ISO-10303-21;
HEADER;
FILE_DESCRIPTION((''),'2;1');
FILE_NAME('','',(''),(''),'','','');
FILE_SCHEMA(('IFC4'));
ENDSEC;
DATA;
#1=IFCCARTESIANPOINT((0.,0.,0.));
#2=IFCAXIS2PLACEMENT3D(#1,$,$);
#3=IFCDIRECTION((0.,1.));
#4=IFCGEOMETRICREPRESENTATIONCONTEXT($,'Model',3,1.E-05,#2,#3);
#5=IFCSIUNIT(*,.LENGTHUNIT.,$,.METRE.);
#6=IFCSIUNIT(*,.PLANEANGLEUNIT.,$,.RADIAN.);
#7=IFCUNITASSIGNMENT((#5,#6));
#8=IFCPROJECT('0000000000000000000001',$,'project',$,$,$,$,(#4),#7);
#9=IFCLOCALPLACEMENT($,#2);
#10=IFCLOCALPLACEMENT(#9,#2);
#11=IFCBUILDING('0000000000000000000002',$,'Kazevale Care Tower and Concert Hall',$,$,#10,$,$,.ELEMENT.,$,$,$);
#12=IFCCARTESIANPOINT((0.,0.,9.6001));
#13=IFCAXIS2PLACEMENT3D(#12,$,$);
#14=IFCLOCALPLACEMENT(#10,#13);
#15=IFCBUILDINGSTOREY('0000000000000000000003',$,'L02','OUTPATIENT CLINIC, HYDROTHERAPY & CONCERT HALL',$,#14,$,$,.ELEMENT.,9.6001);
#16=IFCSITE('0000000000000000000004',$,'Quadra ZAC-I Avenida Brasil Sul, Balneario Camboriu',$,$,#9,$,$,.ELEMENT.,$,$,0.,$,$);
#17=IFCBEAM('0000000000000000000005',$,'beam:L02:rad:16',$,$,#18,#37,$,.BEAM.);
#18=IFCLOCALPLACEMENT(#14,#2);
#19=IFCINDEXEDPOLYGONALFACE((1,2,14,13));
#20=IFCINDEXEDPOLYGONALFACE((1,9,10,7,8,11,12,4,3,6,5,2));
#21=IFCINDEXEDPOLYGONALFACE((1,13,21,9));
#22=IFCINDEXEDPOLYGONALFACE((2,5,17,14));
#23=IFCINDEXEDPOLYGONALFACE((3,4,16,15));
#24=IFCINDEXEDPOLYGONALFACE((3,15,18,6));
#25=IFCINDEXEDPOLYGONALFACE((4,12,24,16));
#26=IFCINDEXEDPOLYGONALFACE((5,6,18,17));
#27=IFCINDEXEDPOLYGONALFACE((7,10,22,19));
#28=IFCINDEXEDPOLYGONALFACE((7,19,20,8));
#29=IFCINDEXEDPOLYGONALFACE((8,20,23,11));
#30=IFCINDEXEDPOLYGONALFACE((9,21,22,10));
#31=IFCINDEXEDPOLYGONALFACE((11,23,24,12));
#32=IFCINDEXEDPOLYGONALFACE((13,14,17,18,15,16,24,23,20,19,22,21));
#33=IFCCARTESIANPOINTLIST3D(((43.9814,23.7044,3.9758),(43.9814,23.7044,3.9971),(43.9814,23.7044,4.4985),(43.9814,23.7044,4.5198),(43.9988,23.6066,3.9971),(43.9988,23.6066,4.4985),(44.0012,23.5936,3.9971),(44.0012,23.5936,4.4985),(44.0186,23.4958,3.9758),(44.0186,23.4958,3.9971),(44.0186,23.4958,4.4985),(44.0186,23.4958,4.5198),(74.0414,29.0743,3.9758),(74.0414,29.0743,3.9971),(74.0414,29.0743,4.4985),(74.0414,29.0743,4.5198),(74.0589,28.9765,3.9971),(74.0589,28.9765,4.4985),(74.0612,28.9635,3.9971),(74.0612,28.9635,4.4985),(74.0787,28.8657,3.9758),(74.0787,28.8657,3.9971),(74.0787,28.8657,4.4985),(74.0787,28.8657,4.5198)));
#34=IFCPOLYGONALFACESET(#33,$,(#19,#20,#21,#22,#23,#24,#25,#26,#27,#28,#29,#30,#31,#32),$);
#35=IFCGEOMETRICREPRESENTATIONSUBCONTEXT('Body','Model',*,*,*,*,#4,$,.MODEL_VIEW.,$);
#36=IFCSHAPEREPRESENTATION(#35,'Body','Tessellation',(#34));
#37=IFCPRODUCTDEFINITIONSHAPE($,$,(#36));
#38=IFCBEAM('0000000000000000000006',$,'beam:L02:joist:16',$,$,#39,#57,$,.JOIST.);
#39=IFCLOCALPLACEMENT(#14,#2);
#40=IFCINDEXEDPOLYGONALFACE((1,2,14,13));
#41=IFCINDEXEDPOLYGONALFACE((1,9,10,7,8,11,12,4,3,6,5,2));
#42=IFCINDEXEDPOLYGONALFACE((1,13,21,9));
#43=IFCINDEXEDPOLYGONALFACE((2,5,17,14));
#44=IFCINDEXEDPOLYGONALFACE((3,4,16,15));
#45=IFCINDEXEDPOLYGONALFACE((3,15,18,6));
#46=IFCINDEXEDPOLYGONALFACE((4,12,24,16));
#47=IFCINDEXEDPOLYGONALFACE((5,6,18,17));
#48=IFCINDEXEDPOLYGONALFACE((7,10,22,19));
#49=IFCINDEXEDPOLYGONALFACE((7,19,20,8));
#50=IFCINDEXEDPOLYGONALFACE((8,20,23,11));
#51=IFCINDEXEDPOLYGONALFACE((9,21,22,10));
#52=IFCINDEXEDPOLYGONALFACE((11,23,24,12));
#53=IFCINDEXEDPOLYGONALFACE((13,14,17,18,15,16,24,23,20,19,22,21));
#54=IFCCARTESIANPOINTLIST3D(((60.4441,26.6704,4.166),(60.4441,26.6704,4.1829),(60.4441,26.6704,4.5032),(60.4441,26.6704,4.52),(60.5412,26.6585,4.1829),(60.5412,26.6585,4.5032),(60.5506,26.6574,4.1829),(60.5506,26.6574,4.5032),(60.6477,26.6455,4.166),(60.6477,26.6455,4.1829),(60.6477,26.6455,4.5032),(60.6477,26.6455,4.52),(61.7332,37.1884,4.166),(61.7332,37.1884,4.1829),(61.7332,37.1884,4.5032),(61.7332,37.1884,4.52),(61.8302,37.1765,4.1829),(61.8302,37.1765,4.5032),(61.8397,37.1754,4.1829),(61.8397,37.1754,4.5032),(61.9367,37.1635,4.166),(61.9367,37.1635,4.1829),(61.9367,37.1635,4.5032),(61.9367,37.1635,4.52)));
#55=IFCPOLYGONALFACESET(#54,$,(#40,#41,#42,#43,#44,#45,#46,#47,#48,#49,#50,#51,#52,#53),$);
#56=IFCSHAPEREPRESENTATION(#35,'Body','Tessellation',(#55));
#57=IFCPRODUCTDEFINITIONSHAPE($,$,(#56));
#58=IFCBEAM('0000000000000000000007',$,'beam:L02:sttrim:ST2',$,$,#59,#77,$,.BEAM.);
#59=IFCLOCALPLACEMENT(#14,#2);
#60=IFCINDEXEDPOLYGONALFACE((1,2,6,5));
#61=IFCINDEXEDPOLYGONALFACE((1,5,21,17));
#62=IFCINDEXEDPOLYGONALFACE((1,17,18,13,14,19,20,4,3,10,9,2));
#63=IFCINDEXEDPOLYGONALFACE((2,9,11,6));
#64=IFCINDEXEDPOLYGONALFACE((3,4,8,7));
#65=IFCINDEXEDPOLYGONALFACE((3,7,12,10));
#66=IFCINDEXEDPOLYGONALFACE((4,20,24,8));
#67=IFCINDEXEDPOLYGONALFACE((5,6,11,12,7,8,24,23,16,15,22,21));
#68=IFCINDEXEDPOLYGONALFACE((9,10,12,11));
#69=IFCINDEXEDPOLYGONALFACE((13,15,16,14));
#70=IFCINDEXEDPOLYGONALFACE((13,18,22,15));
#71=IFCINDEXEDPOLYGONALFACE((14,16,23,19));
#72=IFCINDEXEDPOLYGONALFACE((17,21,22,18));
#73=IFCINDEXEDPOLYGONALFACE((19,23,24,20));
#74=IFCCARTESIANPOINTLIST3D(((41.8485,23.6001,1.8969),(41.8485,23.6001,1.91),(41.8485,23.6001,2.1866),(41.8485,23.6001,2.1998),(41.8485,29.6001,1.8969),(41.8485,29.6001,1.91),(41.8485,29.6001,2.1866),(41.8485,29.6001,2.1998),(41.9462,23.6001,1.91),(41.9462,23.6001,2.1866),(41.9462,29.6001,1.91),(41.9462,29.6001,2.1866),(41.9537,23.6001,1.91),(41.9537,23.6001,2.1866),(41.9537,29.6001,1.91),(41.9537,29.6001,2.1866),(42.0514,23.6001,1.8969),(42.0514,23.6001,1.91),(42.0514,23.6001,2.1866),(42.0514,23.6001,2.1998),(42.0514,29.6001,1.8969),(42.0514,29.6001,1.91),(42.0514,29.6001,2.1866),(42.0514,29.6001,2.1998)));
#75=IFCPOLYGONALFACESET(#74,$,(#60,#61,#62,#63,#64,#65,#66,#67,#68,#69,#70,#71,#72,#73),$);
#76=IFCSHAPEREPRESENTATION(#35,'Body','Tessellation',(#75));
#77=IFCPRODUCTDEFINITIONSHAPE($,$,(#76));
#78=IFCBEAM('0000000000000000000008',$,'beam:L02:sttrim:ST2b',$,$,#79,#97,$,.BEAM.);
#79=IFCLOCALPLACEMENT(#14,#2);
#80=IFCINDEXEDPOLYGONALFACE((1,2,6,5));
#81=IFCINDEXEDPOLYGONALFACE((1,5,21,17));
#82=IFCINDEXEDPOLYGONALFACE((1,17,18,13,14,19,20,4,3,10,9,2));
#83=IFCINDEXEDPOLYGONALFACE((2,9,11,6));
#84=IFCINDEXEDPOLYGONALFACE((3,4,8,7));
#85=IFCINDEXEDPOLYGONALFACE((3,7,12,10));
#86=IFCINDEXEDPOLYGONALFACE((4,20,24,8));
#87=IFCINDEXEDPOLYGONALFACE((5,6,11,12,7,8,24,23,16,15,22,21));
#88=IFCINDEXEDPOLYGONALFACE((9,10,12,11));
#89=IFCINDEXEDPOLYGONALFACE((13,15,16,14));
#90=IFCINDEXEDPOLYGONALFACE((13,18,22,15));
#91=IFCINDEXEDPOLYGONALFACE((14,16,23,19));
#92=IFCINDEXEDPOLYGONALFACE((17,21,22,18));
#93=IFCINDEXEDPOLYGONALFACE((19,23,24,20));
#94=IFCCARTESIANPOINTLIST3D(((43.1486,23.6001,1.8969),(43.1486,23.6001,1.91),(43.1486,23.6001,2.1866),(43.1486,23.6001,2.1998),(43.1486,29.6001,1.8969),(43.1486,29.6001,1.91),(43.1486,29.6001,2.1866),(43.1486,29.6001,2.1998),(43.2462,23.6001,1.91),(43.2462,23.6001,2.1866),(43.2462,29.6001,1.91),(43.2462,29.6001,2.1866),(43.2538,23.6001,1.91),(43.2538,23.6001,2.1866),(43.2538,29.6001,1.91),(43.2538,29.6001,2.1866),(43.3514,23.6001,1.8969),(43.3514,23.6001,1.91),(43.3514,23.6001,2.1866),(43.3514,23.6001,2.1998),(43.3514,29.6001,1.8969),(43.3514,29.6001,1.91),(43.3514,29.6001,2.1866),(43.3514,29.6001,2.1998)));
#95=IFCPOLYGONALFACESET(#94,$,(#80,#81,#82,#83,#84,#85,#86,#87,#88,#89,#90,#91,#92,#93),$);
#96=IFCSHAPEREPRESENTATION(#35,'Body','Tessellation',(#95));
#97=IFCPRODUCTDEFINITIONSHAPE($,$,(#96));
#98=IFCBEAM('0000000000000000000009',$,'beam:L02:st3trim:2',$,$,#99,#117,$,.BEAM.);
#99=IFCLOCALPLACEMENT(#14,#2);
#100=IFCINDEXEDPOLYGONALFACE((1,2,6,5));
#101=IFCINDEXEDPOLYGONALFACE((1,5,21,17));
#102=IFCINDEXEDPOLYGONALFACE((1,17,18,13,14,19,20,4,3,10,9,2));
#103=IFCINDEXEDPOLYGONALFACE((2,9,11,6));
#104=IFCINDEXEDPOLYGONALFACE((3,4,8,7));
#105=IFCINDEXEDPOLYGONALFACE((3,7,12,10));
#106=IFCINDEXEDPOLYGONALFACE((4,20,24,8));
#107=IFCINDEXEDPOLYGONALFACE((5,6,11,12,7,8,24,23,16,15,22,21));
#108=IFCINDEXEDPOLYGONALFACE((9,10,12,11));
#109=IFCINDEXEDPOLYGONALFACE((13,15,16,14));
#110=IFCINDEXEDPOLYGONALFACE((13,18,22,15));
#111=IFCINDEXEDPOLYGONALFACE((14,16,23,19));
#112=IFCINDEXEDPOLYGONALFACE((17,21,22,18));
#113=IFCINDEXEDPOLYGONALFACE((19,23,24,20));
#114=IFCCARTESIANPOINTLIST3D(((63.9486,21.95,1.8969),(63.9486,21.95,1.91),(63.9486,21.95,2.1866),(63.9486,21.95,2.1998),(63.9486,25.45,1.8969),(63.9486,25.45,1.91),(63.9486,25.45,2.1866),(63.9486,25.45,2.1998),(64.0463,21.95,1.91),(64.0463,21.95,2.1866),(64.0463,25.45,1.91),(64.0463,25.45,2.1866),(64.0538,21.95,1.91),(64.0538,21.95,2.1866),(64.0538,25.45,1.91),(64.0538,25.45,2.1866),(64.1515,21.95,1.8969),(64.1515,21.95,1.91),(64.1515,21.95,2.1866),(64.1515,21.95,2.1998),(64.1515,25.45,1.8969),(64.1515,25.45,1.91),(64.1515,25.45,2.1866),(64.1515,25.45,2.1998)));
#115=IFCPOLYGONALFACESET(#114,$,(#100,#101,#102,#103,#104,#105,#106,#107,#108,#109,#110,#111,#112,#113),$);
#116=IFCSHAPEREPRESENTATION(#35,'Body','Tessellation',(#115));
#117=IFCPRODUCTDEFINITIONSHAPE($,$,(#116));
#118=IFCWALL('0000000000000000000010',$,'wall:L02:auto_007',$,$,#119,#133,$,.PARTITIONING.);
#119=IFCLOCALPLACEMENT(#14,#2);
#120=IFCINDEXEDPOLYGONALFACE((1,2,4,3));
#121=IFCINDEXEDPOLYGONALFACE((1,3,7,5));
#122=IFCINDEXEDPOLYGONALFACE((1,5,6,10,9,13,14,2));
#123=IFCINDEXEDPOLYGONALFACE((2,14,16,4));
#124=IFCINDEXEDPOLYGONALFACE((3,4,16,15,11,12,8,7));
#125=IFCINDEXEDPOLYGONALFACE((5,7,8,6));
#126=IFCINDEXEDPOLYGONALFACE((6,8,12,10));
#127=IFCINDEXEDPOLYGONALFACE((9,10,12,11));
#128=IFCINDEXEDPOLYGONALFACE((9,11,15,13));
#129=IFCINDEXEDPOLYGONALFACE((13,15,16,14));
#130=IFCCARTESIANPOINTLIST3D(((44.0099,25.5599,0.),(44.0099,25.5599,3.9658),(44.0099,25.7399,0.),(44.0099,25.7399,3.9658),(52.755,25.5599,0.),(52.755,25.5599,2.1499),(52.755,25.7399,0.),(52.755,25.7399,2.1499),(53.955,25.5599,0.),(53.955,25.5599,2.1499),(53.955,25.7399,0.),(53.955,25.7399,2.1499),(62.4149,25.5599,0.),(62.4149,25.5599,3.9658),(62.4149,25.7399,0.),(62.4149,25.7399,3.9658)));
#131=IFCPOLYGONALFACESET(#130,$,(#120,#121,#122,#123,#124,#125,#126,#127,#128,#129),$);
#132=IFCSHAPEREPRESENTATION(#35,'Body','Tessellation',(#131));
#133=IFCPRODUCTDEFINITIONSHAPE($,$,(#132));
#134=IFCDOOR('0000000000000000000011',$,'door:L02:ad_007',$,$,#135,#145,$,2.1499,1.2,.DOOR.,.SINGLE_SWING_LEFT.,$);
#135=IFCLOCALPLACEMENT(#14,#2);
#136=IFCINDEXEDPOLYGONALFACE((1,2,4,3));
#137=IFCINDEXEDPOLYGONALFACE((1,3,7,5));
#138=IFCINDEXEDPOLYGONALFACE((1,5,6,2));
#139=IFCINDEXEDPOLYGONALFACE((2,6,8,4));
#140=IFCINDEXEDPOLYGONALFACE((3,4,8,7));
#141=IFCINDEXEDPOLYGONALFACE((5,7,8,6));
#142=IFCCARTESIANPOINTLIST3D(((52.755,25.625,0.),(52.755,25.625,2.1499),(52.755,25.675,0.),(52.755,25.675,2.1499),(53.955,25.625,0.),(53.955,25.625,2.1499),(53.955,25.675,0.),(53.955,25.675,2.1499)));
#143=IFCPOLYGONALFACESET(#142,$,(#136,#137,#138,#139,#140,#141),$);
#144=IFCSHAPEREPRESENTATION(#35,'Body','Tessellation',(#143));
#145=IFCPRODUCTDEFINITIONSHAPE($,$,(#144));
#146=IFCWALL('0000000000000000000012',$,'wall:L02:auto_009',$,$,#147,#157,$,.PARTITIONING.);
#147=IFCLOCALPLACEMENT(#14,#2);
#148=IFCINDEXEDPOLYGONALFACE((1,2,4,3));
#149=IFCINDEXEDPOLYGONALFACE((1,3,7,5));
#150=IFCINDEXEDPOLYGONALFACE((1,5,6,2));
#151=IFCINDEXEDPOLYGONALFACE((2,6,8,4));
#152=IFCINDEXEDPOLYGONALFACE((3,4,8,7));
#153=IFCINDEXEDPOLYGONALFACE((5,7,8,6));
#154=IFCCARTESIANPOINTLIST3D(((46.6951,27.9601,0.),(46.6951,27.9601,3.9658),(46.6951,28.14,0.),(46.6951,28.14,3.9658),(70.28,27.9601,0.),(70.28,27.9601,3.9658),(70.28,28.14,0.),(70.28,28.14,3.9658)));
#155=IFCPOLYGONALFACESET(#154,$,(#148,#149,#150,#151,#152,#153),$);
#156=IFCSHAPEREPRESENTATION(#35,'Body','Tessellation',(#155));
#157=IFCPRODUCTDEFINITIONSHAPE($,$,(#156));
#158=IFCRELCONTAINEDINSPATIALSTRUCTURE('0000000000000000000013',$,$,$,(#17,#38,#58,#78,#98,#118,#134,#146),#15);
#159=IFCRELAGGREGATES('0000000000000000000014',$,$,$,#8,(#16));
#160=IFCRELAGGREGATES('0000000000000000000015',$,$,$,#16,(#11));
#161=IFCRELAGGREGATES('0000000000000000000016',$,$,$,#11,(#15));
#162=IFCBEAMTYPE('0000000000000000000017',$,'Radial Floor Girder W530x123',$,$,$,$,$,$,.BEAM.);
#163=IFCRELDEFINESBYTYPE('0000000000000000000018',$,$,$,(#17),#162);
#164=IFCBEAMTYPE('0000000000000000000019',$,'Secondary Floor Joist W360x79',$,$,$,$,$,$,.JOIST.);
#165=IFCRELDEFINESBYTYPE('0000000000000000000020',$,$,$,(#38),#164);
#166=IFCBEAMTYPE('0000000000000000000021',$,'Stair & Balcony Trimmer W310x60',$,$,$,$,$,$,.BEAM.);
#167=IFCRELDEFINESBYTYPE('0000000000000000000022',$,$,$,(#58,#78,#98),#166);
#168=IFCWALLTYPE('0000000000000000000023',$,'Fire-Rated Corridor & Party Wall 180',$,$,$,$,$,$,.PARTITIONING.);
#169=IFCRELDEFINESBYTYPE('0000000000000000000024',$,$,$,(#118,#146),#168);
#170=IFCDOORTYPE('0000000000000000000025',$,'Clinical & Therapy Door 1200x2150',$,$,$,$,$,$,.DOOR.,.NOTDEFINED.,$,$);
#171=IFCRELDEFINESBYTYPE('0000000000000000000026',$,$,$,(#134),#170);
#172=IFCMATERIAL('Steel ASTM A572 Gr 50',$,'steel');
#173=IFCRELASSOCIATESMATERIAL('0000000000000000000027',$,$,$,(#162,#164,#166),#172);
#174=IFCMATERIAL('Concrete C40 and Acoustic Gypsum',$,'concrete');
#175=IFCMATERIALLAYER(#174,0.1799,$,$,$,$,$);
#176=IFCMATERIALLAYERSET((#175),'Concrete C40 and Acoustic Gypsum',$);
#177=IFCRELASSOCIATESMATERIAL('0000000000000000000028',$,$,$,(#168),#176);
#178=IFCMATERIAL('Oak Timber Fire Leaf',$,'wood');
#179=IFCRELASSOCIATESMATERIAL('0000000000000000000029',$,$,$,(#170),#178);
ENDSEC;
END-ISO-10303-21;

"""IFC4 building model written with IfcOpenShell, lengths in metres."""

from ifc_helpers import new_model, si_unit, direction, frame, frame_2d, origin, origin_2d, place, context, subcontext, project, spatial, rectangle, i_section, extrude, material, layer, layer_set, material_profile, profile_set, type_object, element, fill, save


model = new_model("IFC4")

# Units and contexts
model_context = context("Model", 3, precision=1e-05, world=origin(), true_north=direction((0.0, 1.0)))
body_context = subcontext(model_context, "Body", "Model", "MODEL_VIEW")
ifc_project = project(units=[si_unit("LENGTHUNIT", "METRE"), si_unit("PLANEANGLEUNIT", "RADIAN")], contexts=[model_context])

# Site, building, storey
site_placement = place(None, origin())
site = spatial("IfcSite", under=ifc_project, at=site_placement, Name="Quadra ZAC-I Avenida Brasil Sul, Balneario Camboriu", CompositionType="ELEMENT", RefElevation=0.0)
building_placement = place(site_placement, origin())
building = spatial("IfcBuilding", under=site, at=building_placement, Name="Kazevale Care Tower and Concert Hall", CompositionType="ELEMENT")
storey_placement = place(building_placement, frame((0.0, 0.0, 9.6001)))
storey = spatial("IfcBuildingStorey", under=building, at=storey_placement, Name="L02", Description="OUTPATIENT CLINIC, HYDROTHERAPY & CONCERT HALL", CompositionType="ELEMENT", Elevation=9.6001)

# Beams
ifc_material_1 = material(Name="Steel ASTM A572 Gr 50", Category="steel")
ifc_material_profile_1 = material_profile(ifc_material_1, i_section(OverallWidth=0.2119, OverallDepth=0.5439, WebThickness=0.0132, FlangeThickness=0.0212, at=origin_2d()), Name="W530x123")
ifc_profile_set_1 = profile_set([ifc_material_profile_1], Name="Steel ASTM A572 Gr 50")
beam_type_1 = type_object("IfcBeamType", Name="Radial Floor Girder W530x123", PredefinedType="BEAM", material=ifc_profile_set_1)
beam_1_placement = place(storey_placement, frame((44.0, 23.6001, 4.2478), z_axis=(0.984416, 0.175854, 0.0), x_axis=(-0.175854, 0.984416, 0.0)))
element("IfcBeam", 1, at=beam_1_placement, inside=storey, type_object=beam_type_1, Name="beam:L02:rad:16", PredefinedType="BEAM", context=body_context, shape_type="SweptSolid", body=[
    extrude(i_section(OverallWidth=0.2119, OverallDepth=0.5439, WebThickness=0.0132, FlangeThickness=0.0212, at=origin_2d()), origin(), (0.0, 0.0, 1.0), 30.5359),
])
ifc_material_profile_2 = material_profile(ifc_material_1, i_section(OverallWidth=0.2051, OverallDepth=0.354, WebThickness=0.0095, FlangeThickness=0.0168, at=origin_2d()), Name="W360x79")
ifc_profile_set_2 = profile_set([ifc_material_profile_2], Name="Steel ASTM A572 Gr 50")
beam_type_2 = type_object("IfcBeamType", Name="Secondary Floor Joist W360x79", PredefinedType="JOIST", material=ifc_profile_set_2)
beam_2_placement = place(storey_placement, frame((60.5459, 26.658, 4.343), z_axis=(0.121647, 0.992573, 0.0), x_axis=(-0.992573, 0.121647, 0.0)))
element("IfcBeam", 2, at=beam_2_placement, inside=storey, type_object=beam_type_2, Name="beam:L02:joist:16", PredefinedType="JOIST", context=body_context, shape_type="SweptSolid", body=[
    extrude(i_section(OverallWidth=0.2051, OverallDepth=0.354, WebThickness=0.0095, FlangeThickness=0.0168, at=origin_2d()), origin(), (0.0, 0.0, 1.0), 10.5967),
])
ifc_material_profile_3 = material_profile(ifc_material_1, i_section(OverallWidth=0.2029, OverallDepth=0.303, WebThickness=0.0076, FlangeThickness=0.0132, at=origin_2d()), Name="W310x60")
ifc_profile_set_3 = profile_set([ifc_material_profile_3], Name="Steel ASTM A572 Gr 50")
beam_type_3 = type_object("IfcBeamType", Name="Stair & Balcony Trimmer W310x60", PredefinedType="BEAM", material=ifc_profile_set_3)
for number, where, z_axis, x_axis, name in (
    (3, (41.95, 23.6001, 2.0483), (0.0, 1.0, 0.0), (-1.0, 0.0, 0.0), "beam:L02:sttrim:ST2"),
    (4, (43.25, 23.6001, 2.0483), (0.0, 1.0, 0.0), (-1.0, 0.0, 0.0), "beam:L02:sttrim:ST2b"),
):
    element("IfcBeam", number, at=place(storey_placement, frame(where, z_axis=z_axis, x_axis=x_axis)), inside=storey, type_object=beam_type_3, Name=name, PredefinedType="BEAM", context=body_context, shape_type="SweptSolid", body=[
        extrude(i_section(OverallWidth=0.2029, OverallDepth=0.303, WebThickness=0.0076, FlangeThickness=0.0132, at=origin_2d()), origin(), (0.0, 0.0, 1.0), 6.0),
    ])
beam_3_placement = place(storey_placement, frame((64.05, 21.95, 2.0483), z_axis=(0.0, 1.0, 0.0), x_axis=(-1.0, 0.0, 0.0)))
element("IfcBeam", 5, at=beam_3_placement, inside=storey, type_object=beam_type_3, Name="beam:L02:st3trim:2", PredefinedType="BEAM", context=body_context, shape_type="SweptSolid", body=[
    extrude(i_section(OverallWidth=0.2029, OverallDepth=0.303, WebThickness=0.0076, FlangeThickness=0.0132, at=origin_2d()), origin(), (0.0, 0.0, 1.0), 3.5),
])

# Wall, opening, door
ifc_material_2 = material(Name="Oak Timber Fire Leaf", Category="wood")
ifc_material_3 = material(Name="Concrete C40 and Acoustic Gypsum", Category="concrete")
ifc_layer_1 = layer(ifc_material_3, 0.1799)
ifc_layer_set_1 = layer_set([ifc_layer_1], Name="Concrete C40 and Acoustic Gypsum")
wall_type_1 = type_object("IfcWallType", Name="Fire-Rated Corridor & Party Wall 180", PredefinedType="PARTITIONING", material=ifc_layer_set_1)
wall_1_placement = place(storey_placement, frame((62.415, 25.6499, 0.0), z_axis=(0.0, 0.0, 1.0), x_axis=(-1.0, 0.0, 0.0)))
wall_1 = element("IfcWall", 6, at=wall_1_placement, inside=storey, type_object=wall_type_1, Name="wall:L02:auto_007", PredefinedType="PARTITIONING", context=body_context, shape_type="SweptSolid", body=[
    extrude(rectangle(XDim=18.405, YDim=0.1799, at=frame_2d((9.2026, 0.0))), origin(), (0.0, 0.0, 1.0), 3.9658),
])
opening_1_placement = place(wall_1_placement, frame((8.46, 0.0, 0.0)))
opening_1 = element("IfcOpeningElement", 7, at=opening_1_placement, cuts=wall_1, PredefinedType="OPENING", context=body_context, shape_type="SweptSolid", body=[
    extrude(rectangle(XDim=1.2, YDim=2.1499, at=frame_2d((0.6001, 1.075))), frame((0.0, 0.0999, 0.0), z_axis=(0.0, -1.0, 0.0), x_axis=(1.0, 0.0, 0.0)), (0.0, 0.0, 1.0), 0.2),
])
door_type_1 = type_object("IfcDoorType", Name="Clinical & Therapy Door 1200x2150", OperationType="NOTDEFINED", PredefinedType="DOOR", material=ifc_material_2)
door_1_placement = place(opening_1_placement, origin())
door_1 = element("IfcDoor", 8, at=door_1_placement, inside=storey, type_object=door_type_1, Name="door:L02:ad_007", OperationType="SINGLE_SWING_LEFT", OverallHeight=2.1499, OverallWidth=1.2, PredefinedType="DOOR", context=body_context, shape_type="SweptSolid", body=[
    extrude(rectangle(XDim=1.2, YDim=2.1499, at=frame_2d((0.6001, 1.075))), frame((0.0, 0.0249, 0.0), z_axis=(0.0, -1.0, 0.0), x_axis=(1.0, 0.0, 0.0)), (0.0, 0.0, 1.0), 0.05),
])
fill(opening_1, door_1)

# Wall
wall_2_placement = place(storey_placement, frame((46.6951, 28.05, 0.0), z_axis=(0.0, 0.0, 1.0), x_axis=(1.0, 0.0, 0.0)))
element("IfcWall", 9, at=wall_2_placement, inside=storey, type_object=wall_type_1, Name="wall:L02:auto_009", PredefinedType="PARTITIONING", context=body_context, shape_type="SweptSolid", body=[
    extrude(rectangle(XDim=23.585, YDim=0.1799, at=frame_2d((11.7925, 0.0))), origin(), (0.0, 0.0, 1.0), 3.9658),
])

save(model, "model.ifc")
